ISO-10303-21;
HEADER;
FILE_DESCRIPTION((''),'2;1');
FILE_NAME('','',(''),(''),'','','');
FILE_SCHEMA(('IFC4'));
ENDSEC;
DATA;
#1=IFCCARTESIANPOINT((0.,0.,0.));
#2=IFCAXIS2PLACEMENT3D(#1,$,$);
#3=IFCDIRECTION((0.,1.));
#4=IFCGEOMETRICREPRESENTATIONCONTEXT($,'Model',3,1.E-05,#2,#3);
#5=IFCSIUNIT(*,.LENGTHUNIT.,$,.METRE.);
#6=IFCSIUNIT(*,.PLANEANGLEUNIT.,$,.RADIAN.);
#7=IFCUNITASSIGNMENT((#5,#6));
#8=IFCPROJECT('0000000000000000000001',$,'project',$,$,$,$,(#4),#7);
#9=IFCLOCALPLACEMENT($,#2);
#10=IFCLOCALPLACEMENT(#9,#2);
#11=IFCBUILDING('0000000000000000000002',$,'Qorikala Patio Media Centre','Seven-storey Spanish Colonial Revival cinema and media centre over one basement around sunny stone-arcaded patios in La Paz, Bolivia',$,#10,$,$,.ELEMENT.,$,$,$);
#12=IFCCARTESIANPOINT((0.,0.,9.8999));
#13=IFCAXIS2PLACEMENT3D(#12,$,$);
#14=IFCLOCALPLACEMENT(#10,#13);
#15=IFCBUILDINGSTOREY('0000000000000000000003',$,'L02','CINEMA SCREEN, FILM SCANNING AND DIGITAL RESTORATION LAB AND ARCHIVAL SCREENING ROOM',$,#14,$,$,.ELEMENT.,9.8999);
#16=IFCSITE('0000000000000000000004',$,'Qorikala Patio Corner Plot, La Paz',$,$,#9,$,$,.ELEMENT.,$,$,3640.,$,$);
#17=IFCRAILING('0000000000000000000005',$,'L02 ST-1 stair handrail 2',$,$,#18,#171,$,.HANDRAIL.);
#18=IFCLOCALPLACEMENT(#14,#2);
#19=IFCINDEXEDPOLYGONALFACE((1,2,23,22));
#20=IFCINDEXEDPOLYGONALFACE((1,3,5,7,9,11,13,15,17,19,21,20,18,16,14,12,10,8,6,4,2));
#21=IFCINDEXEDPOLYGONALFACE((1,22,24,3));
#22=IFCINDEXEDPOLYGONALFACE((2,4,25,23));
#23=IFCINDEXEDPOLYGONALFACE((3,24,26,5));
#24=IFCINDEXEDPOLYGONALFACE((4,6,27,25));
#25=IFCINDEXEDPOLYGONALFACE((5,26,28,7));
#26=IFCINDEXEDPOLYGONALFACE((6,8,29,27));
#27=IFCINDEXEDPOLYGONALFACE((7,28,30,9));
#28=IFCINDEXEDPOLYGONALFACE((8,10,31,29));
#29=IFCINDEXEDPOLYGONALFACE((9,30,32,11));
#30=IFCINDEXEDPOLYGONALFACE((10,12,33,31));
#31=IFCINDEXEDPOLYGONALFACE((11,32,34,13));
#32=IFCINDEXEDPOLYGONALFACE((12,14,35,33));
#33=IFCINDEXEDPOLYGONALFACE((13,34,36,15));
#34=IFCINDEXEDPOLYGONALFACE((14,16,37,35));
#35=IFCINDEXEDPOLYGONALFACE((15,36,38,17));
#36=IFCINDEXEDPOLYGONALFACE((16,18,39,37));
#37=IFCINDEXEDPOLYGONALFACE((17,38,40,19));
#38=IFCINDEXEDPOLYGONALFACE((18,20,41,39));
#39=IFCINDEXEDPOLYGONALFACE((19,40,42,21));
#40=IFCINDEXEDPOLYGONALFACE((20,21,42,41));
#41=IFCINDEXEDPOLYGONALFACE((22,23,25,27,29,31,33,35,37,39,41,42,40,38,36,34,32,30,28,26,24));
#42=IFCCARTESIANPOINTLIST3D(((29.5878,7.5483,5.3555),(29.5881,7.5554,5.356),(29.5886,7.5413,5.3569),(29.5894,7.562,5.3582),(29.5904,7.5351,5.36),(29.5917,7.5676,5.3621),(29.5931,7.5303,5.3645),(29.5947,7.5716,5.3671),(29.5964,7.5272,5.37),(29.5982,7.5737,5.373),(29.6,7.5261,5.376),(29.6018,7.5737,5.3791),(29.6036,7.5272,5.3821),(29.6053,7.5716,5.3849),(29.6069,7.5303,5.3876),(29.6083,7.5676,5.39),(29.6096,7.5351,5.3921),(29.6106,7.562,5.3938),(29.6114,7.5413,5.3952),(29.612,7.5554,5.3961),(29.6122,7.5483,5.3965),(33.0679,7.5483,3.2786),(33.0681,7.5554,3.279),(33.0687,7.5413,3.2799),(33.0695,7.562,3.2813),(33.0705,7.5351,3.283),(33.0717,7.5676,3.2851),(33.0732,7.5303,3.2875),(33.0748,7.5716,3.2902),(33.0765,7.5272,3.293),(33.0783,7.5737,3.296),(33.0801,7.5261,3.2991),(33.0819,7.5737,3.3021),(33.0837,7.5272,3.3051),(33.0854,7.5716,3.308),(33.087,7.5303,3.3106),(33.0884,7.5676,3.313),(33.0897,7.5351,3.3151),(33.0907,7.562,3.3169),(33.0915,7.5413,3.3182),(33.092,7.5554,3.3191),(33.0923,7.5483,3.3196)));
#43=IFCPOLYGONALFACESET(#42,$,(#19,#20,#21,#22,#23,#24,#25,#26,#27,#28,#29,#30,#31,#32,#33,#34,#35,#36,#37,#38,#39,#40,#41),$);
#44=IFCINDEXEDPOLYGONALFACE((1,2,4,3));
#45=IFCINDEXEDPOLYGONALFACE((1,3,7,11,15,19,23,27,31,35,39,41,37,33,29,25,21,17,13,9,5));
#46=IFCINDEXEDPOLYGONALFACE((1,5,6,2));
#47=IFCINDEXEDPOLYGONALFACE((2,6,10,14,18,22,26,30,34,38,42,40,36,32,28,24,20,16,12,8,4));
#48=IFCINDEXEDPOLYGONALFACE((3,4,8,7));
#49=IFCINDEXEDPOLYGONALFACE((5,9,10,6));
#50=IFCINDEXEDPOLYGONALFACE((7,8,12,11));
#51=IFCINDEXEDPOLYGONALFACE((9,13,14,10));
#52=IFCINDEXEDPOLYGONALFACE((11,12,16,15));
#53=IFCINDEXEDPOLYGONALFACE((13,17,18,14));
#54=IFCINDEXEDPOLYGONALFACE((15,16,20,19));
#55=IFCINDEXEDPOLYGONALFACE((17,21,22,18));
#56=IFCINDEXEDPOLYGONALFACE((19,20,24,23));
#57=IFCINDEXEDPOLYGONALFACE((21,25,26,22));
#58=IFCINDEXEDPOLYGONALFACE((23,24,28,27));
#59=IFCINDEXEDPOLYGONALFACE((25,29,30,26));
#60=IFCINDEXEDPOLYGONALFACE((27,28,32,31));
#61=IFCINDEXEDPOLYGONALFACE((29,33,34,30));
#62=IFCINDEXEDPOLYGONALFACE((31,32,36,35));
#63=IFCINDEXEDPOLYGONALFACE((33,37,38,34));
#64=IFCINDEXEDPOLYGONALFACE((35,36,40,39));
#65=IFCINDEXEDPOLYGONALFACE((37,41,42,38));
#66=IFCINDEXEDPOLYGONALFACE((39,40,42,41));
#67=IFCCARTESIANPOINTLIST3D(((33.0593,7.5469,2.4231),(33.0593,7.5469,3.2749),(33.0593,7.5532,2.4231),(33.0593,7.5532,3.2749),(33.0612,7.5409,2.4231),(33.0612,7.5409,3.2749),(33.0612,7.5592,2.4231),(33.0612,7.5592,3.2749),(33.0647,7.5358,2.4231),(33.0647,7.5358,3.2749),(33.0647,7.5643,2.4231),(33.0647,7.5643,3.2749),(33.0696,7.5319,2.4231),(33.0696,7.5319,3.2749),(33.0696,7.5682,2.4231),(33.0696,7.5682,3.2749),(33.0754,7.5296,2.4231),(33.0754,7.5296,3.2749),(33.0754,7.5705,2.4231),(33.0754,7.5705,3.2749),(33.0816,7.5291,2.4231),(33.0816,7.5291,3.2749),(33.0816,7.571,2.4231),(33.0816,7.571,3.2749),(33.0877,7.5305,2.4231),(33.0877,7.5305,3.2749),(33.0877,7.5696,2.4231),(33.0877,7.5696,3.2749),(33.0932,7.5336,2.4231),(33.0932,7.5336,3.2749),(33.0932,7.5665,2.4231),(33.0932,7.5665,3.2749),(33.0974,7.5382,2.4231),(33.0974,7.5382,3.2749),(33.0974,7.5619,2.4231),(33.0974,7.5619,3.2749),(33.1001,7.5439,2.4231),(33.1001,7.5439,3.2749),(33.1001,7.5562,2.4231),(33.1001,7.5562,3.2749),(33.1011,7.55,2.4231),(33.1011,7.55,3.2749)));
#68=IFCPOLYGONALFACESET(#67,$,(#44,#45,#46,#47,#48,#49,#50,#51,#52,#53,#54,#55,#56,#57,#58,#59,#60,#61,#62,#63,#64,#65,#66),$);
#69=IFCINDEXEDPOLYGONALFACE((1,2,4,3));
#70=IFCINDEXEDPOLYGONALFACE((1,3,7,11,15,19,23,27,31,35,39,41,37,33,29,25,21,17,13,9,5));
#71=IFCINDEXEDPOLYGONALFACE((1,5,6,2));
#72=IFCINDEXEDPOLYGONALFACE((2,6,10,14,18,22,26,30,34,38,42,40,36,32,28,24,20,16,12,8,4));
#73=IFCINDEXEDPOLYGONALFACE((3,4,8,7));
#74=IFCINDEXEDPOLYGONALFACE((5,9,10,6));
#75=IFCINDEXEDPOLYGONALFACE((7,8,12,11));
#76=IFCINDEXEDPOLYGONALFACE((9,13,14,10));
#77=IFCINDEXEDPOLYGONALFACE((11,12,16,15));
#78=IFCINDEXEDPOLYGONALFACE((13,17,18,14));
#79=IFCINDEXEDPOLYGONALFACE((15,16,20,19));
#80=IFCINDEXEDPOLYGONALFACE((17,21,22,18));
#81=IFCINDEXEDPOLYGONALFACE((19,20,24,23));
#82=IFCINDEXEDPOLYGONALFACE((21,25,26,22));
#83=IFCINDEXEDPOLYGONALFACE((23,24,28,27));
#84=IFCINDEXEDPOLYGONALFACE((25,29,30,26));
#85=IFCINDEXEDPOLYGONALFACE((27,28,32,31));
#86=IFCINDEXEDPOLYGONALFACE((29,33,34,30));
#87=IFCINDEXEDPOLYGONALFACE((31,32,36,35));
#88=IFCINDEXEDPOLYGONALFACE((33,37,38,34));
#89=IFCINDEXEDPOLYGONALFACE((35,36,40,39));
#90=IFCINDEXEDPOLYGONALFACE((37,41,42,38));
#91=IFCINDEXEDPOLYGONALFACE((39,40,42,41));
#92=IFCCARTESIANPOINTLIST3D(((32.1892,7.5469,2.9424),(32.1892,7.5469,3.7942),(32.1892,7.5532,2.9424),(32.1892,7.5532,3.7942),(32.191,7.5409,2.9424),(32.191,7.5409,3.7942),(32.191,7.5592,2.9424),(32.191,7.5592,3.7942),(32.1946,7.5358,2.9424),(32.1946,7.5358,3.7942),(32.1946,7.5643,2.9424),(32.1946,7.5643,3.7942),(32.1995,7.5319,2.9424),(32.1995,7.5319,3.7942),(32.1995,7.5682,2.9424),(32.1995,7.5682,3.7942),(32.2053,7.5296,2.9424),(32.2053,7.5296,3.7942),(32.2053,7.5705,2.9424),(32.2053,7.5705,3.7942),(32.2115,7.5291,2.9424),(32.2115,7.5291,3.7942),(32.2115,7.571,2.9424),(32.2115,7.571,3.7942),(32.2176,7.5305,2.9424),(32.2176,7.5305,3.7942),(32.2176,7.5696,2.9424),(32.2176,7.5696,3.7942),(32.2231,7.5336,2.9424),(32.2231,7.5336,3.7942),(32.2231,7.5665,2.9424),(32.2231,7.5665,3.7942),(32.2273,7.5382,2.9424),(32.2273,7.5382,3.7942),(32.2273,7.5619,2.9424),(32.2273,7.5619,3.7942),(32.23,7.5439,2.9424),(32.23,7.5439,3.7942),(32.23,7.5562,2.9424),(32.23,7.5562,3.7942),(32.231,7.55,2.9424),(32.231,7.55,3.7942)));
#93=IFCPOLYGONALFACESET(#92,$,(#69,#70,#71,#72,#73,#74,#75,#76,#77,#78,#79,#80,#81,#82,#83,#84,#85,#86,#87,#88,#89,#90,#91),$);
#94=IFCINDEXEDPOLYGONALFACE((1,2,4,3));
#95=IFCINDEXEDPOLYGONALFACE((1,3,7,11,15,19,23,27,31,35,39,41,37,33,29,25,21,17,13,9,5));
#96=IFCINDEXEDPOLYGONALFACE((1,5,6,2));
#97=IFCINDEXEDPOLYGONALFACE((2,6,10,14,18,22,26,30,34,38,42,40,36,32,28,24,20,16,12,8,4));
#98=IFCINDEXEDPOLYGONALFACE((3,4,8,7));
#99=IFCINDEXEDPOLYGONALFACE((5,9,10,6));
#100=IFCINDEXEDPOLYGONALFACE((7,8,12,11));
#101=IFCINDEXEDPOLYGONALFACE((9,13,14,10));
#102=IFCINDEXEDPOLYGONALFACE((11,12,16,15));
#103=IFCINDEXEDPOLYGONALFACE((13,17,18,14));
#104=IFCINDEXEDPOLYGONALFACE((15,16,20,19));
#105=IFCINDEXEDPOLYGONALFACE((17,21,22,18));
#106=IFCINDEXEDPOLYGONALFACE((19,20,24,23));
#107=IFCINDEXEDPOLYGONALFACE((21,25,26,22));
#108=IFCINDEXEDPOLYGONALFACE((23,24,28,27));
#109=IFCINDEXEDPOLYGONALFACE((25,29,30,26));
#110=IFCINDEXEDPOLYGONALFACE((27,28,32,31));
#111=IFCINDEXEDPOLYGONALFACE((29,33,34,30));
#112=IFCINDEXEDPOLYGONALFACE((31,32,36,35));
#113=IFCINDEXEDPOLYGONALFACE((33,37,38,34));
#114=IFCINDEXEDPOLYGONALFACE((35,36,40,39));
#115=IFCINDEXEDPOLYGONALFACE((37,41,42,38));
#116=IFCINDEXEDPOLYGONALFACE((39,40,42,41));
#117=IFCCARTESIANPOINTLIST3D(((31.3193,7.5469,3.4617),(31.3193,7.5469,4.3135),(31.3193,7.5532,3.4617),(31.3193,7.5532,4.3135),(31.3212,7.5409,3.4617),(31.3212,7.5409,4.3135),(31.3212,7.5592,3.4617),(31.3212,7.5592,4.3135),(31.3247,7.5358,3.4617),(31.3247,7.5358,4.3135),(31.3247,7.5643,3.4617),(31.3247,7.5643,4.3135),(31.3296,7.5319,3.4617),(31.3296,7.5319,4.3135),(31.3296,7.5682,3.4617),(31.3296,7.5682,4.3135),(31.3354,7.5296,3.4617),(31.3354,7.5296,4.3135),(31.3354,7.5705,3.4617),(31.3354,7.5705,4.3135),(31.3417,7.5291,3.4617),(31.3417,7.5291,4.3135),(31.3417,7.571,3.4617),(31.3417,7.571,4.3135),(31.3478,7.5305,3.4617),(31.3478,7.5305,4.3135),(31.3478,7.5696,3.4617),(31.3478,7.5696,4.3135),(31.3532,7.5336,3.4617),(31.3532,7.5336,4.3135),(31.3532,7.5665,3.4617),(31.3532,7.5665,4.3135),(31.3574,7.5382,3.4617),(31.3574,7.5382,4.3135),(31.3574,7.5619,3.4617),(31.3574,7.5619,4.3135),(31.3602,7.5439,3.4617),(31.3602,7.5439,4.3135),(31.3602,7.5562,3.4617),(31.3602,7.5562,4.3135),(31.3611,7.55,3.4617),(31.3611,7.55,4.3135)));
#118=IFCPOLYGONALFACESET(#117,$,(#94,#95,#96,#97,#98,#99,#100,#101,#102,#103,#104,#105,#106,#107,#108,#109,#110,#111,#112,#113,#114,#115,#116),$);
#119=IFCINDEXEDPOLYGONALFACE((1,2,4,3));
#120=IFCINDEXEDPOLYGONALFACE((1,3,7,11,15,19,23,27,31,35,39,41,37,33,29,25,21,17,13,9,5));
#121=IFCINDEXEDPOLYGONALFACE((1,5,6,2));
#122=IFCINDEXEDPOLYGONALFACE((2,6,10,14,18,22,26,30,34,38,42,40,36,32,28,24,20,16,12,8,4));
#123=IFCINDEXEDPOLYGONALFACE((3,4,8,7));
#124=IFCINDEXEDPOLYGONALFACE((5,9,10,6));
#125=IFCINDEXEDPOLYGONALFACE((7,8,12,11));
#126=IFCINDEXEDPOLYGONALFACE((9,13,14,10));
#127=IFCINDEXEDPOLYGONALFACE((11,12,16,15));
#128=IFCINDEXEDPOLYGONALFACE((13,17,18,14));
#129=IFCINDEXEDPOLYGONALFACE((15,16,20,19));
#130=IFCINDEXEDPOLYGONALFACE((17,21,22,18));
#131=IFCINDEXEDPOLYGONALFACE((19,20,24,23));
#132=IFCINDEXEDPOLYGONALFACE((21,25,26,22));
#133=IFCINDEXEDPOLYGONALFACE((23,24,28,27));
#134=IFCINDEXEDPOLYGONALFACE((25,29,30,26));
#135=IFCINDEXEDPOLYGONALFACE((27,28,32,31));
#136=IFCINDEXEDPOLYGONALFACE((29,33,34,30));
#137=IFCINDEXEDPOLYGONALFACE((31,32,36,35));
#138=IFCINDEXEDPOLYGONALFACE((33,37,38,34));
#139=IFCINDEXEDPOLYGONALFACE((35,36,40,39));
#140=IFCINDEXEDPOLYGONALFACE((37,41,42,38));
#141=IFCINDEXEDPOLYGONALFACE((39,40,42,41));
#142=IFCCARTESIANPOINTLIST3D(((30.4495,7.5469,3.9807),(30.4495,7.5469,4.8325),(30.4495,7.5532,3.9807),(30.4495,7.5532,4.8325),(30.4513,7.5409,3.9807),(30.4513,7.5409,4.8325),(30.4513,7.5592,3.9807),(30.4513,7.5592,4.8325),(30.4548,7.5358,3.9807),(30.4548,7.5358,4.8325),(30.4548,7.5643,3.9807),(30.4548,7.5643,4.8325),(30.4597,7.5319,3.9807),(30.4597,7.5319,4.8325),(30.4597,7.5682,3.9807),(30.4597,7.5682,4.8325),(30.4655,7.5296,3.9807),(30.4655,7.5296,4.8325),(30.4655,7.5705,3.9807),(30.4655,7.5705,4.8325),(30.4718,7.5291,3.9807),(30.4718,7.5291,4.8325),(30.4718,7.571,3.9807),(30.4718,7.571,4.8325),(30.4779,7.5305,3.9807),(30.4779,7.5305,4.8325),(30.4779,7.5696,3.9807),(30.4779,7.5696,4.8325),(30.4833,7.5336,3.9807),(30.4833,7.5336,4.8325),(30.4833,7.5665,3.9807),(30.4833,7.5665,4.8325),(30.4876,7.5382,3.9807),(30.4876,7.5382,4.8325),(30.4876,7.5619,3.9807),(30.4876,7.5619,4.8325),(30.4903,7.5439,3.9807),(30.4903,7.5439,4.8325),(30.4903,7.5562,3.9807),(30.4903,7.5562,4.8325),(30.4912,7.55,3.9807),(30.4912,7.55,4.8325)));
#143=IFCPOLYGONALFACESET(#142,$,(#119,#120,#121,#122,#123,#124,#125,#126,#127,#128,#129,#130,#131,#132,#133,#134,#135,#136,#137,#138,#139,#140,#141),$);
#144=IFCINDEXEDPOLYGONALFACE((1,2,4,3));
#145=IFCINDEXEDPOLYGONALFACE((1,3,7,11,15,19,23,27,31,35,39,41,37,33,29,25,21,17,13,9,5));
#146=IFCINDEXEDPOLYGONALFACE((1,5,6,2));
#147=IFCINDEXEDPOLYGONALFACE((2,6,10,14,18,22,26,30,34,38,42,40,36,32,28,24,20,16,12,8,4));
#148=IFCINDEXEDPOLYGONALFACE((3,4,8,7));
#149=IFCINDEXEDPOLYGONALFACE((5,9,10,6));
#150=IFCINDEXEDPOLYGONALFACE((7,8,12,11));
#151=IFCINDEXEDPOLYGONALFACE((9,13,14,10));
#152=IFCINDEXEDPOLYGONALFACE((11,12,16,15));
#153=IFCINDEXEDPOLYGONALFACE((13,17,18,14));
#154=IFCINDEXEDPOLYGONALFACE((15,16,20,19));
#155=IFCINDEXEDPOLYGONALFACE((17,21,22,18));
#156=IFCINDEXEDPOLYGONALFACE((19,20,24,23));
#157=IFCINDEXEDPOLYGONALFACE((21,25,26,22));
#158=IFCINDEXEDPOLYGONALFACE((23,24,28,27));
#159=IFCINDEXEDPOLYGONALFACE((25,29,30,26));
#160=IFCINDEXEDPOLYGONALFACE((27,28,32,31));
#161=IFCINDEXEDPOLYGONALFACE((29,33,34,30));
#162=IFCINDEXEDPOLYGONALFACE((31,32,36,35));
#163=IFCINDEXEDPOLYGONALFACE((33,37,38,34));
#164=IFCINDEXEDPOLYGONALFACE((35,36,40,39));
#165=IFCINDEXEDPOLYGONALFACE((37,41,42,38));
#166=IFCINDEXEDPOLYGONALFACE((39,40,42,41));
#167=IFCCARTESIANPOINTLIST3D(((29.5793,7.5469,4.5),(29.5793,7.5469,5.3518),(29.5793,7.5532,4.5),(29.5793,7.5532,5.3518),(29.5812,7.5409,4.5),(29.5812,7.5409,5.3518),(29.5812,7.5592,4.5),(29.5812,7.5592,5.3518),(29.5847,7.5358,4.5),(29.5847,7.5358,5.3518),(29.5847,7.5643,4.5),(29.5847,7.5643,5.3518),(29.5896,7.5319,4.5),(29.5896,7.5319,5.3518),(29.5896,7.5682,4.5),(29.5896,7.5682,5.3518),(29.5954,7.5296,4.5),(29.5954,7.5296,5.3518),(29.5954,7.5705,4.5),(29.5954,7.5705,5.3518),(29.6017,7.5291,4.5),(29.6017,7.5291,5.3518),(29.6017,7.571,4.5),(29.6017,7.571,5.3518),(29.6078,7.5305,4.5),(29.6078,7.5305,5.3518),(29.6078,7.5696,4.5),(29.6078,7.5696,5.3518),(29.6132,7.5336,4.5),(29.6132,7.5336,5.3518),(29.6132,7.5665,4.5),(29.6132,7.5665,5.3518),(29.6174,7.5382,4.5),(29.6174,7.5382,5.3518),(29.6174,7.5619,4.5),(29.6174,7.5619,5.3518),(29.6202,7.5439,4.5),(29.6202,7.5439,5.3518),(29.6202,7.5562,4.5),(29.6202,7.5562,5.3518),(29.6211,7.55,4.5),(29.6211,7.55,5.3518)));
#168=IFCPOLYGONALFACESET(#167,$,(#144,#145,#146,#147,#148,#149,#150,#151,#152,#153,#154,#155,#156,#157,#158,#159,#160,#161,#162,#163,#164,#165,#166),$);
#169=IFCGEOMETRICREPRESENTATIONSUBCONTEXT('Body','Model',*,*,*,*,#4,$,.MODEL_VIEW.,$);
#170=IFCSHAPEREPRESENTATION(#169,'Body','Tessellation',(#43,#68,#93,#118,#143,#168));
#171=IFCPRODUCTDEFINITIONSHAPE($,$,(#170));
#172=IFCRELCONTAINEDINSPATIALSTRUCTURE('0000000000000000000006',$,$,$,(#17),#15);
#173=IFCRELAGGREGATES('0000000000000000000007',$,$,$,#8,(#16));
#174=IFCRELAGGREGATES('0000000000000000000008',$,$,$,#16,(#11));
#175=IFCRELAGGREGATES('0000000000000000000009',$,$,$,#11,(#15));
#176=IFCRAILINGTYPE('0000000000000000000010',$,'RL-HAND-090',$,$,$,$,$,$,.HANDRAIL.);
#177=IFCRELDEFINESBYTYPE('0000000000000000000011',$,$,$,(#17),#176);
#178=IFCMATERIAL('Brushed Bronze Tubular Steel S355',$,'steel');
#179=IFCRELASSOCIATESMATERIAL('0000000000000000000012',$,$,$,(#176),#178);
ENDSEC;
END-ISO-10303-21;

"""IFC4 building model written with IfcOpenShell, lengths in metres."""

from ifc_helpers import new_model, si_unit, direction, frame, origin, origin_2d, place, context, subcontext, project, spatial, circle, extrude, material, type_object, element, save


model = new_model("IFC4")

# Units and contexts
model_context = context("Model", 3, precision=1e-05, world=origin(), true_north=direction((0.0, 1.0)))
body_context = subcontext(model_context, "Body", "Model", "MODEL_VIEW")
ifc_project = project(units=[si_unit("LENGTHUNIT", "METRE"), si_unit("PLANEANGLEUNIT", "RADIAN")], contexts=[model_context])

# Site, building, storey
site_placement = place(None, origin())
site = spatial("IfcSite", under=ifc_project, at=site_placement, Name="Qorikala Patio Corner Plot, La Paz", CompositionType="ELEMENT", RefElevation=3640.0)
building_placement = place(site_placement, origin())
building = spatial("IfcBuilding", under=site, at=building_placement, Name="Qorikala Patio Media Centre", Description="Seven-storey Spanish Colonial Revival cinema and media centre over one basement around sunny stone-arcaded patios in La Paz, Bolivia", CompositionType="ELEMENT")
storey_placement = place(building_placement, frame((0.0, 0.0, 9.8999)))
storey = spatial("IfcBuildingStorey", under=building, at=storey_placement, Name="L02", Description="CINEMA SCREEN, FILM SCANNING AND DIGITAL RESTORATION LAB AND ARCHIVAL SCREENING ROOM", CompositionType="ELEMENT", Elevation=9.8999)

# Railing
ifc_material_1 = material(Name="Brushed Bronze Tubular Steel S355", Category="steel")
railing_type_1 = type_object("IfcRailingType", Name="RL-HAND-090", PredefinedType="HANDRAIL", material=ifc_material_1)
railing_1_placement = place(storey_placement, frame((33.0801, 7.55, 2.4231)))
element("IfcRailing", 1, at=railing_1_placement, inside=storey, type_object=railing_type_1, Name="L02 ST-1 stair handrail 2", PredefinedType="HANDRAIL", context=body_context, shape_type="SweptSolid", body=[
    extrude(circle(Radius=0.0239, at=origin_2d()), frame((0.0, 0.0, 0.876), z_axis=(-0.858697, 0.0, 0.512483), x_axis=(0.0, -1.0, 0.0)), (0.0, 0.0, 1.0), 4.0527),
    extrude(circle(Radius=0.021, at=origin_2d()), origin(), (0.0, 0.0, 1.0), 0.8518),
    extrude(circle(Radius=0.021, at=origin_2d()), frame((-0.8701, 0.0, 0.5193)), (0.0, 0.0, 1.0), 0.8518),
    extrude(circle(Radius=0.021, at=origin_2d()), frame((-1.74, 0.0, 1.0386)), (0.0, 0.0, 1.0), 0.8518),
    extrude(circle(Radius=0.021, at=origin_2d()), frame((-2.6099, 0.0, 1.5576)), (0.0, 0.0, 1.0), 0.8518),
    extrude(circle(Radius=0.021, at=origin_2d()), frame((-3.48, 0.0, 2.0769)), (0.0, 0.0, 1.0), 0.8518),
])

save(model, "model.ifc")
